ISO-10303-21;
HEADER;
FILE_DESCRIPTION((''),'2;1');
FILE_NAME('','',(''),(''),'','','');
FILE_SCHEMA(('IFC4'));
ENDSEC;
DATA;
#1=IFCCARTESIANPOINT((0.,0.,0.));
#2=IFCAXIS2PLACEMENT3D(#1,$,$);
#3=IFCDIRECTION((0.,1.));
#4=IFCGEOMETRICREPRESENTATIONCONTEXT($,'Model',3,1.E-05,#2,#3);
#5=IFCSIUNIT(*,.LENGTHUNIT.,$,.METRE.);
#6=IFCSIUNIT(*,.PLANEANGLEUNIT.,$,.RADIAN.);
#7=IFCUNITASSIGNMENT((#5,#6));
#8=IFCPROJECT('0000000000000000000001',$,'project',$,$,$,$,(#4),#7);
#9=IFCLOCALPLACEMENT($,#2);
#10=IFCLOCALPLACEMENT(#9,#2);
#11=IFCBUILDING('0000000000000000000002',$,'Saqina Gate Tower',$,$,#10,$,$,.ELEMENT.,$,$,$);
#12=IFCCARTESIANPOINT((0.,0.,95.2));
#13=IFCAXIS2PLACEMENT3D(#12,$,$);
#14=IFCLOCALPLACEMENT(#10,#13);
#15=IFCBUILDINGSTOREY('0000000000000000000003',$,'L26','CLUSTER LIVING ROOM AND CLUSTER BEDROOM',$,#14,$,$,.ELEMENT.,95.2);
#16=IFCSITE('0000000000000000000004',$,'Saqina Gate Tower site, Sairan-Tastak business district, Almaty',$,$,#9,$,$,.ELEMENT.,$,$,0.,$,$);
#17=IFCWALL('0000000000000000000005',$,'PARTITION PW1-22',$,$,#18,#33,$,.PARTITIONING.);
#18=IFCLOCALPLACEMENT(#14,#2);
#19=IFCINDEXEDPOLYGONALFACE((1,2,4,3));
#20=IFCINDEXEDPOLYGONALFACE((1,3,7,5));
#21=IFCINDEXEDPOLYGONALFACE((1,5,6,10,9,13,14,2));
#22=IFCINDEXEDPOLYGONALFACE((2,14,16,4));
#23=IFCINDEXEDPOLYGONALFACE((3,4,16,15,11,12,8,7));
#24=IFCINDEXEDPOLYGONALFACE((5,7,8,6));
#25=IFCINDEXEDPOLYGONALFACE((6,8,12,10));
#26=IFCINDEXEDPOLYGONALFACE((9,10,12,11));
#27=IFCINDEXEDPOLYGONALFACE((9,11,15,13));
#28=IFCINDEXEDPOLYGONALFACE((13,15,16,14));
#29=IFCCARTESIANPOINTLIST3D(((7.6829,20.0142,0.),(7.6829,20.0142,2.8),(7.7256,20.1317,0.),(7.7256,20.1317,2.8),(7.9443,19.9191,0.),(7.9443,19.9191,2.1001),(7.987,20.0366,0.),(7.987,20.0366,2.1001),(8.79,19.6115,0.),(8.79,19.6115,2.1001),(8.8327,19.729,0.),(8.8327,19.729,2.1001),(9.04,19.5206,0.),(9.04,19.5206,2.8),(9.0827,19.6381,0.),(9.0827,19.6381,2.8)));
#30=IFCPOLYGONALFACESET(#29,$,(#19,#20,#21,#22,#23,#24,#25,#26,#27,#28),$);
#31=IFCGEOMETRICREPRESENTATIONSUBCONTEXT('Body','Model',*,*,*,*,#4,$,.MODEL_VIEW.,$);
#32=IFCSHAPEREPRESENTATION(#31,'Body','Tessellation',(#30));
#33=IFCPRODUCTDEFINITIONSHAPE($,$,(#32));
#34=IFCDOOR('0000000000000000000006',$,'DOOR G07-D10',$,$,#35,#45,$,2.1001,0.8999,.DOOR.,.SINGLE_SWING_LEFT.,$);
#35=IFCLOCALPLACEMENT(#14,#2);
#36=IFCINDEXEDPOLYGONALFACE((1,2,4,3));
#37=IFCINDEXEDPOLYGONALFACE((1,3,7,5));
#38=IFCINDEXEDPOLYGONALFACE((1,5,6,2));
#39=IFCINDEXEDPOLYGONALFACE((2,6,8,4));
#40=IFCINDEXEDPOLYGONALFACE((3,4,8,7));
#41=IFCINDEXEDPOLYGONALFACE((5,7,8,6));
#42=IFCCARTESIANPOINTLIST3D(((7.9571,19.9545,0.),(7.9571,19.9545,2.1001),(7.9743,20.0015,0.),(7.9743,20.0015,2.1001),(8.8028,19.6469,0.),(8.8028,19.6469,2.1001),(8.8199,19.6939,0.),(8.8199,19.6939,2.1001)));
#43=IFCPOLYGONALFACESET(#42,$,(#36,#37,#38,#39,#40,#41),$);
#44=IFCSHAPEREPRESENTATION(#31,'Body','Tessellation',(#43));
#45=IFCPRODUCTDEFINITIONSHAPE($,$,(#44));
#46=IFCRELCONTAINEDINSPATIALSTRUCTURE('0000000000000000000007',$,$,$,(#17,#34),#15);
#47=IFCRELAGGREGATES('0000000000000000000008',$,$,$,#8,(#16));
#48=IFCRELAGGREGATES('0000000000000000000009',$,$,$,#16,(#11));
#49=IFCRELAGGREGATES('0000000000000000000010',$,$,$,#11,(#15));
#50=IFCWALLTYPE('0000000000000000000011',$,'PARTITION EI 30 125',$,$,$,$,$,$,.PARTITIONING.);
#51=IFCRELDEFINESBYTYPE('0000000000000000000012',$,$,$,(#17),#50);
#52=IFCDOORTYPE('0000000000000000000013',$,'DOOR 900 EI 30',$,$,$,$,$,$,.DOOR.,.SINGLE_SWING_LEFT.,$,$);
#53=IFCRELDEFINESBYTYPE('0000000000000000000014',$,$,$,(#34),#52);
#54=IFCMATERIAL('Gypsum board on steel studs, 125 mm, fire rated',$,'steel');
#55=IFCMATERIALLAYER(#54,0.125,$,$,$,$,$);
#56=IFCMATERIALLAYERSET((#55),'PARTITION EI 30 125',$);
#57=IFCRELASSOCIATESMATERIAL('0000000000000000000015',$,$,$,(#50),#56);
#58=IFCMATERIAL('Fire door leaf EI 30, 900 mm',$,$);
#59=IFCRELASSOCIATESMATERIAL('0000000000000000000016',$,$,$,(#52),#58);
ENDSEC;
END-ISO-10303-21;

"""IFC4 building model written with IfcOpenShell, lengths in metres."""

from ifc_helpers import new_model, si_unit, direction, frame, frame_2d, origin, place, context, subcontext, project, spatial, rectangle, extrude, material, layer, layer_set, type_object, element, fill, save


model = new_model("IFC4")

# Units and contexts
model_context = context("Model", 3, precision=1e-05, world=origin(), true_north=direction((0.0, 1.0)))
body_context = subcontext(model_context, "Body", "Model", "MODEL_VIEW")
ifc_project = project(units=[si_unit("LENGTHUNIT", "METRE"), si_unit("PLANEANGLEUNIT", "RADIAN")], contexts=[model_context])

# Site, building, storey
site_placement = place(None, origin())
site = spatial("IfcSite", under=ifc_project, at=site_placement, Name="Saqina Gate Tower site, Sairan-Tastak business district, Almaty", CompositionType="ELEMENT", RefElevation=0.0)
building_placement = place(site_placement, origin())
building = spatial("IfcBuilding", under=site, at=building_placement, Name="Saqina Gate Tower", CompositionType="ELEMENT")
storey_placement = place(building_placement, frame((0.0, 0.0, 95.2)))
storey = spatial("IfcBuildingStorey", under=building, at=storey_placement, Name="L26", Description="CLUSTER LIVING ROOM AND CLUSTER BEDROOM", CompositionType="ELEMENT", Elevation=95.2)

# Shared definitions
ifc_material_1 = material(Name="Gypsum board on steel studs, 125 mm, fire rated", Category="steel")
ifc_layer_1 = layer(ifc_material_1, 0.125)
ifc_layer_set_1 = layer_set([ifc_layer_1], Name="PARTITION EI 30 125")
wall_type_1 = type_object("IfcWallType", Name="PARTITION EI 30 125", PredefinedType="PARTITIONING", material=ifc_layer_set_1)

# Wall, opening, door
wall_1_placement = place(storey_placement, frame((7.7041, 20.073, 0.0), z_axis=(0.0, 0.0, 1.0), x_axis=(0.939764, -0.341825, 0.0)))
wall_1 = element("IfcWall", 1, at=wall_1_placement, inside=storey, type_object=wall_type_1, Name="PARTITION PW1-22", PredefinedType="PARTITIONING", context=body_context, shape_type="SweptSolid", body=[
    extrude(rectangle(XDim=1.4441, YDim=0.125, at=frame_2d((0.7222, 0.0))), origin(), (0.0, 0.0, 1.0), 2.8),
])
opening_1_placement = place(wall_1_placement, frame((0.2783, 0.0, 0.0)))
opening_1 = element("IfcOpeningElement", 2, at=opening_1_placement, cuts=wall_1, PredefinedType="OPENING", context=body_context, shape_type="SweptSolid", body=[
    extrude(rectangle(XDim=0.8999, YDim=2.1001, at=frame_2d((0.45, 1.05))), frame((0.0, 0.0745, 0.0), z_axis=(0.0, -1.0, 0.0), x_axis=(1.0, 0.0, 0.0)), (0.0, 0.0, 1.0), 0.1489),
])
ifc_material_2 = material(Name="Fire door leaf EI 30, 900 mm")
door_type_1 = type_object("IfcDoorType", Name="DOOR 900 EI 30", OperationType="SINGLE_SWING_LEFT", PredefinedType="DOOR", material=ifc_material_2)
door_1_placement = place(opening_1_placement, frame((0.8999, 0.0, 0.0), z_axis=(0.0, 0.0, 1.0), x_axis=(-1.0, 0.0, 0.0)))
door_1 = element("IfcDoor", 3, at=door_1_placement, inside=storey, type_object=door_type_1, Name="DOOR G07-D10", OperationType="SINGLE_SWING_LEFT", OverallHeight=2.1001, OverallWidth=0.8999, PredefinedType="DOOR", context=body_context, shape_type="SweptSolid", body=[
    extrude(rectangle(XDim=0.8999, YDim=2.1001, at=frame_2d((0.45, 1.05))), frame((0.0, 0.0249, 0.0), z_axis=(0.0, -1.0, 0.0), x_axis=(1.0, 0.0, 0.0)), (0.0, 0.0, 1.0), 0.05),
])
fill(opening_1, door_1)

save(model, "model.ifc")
